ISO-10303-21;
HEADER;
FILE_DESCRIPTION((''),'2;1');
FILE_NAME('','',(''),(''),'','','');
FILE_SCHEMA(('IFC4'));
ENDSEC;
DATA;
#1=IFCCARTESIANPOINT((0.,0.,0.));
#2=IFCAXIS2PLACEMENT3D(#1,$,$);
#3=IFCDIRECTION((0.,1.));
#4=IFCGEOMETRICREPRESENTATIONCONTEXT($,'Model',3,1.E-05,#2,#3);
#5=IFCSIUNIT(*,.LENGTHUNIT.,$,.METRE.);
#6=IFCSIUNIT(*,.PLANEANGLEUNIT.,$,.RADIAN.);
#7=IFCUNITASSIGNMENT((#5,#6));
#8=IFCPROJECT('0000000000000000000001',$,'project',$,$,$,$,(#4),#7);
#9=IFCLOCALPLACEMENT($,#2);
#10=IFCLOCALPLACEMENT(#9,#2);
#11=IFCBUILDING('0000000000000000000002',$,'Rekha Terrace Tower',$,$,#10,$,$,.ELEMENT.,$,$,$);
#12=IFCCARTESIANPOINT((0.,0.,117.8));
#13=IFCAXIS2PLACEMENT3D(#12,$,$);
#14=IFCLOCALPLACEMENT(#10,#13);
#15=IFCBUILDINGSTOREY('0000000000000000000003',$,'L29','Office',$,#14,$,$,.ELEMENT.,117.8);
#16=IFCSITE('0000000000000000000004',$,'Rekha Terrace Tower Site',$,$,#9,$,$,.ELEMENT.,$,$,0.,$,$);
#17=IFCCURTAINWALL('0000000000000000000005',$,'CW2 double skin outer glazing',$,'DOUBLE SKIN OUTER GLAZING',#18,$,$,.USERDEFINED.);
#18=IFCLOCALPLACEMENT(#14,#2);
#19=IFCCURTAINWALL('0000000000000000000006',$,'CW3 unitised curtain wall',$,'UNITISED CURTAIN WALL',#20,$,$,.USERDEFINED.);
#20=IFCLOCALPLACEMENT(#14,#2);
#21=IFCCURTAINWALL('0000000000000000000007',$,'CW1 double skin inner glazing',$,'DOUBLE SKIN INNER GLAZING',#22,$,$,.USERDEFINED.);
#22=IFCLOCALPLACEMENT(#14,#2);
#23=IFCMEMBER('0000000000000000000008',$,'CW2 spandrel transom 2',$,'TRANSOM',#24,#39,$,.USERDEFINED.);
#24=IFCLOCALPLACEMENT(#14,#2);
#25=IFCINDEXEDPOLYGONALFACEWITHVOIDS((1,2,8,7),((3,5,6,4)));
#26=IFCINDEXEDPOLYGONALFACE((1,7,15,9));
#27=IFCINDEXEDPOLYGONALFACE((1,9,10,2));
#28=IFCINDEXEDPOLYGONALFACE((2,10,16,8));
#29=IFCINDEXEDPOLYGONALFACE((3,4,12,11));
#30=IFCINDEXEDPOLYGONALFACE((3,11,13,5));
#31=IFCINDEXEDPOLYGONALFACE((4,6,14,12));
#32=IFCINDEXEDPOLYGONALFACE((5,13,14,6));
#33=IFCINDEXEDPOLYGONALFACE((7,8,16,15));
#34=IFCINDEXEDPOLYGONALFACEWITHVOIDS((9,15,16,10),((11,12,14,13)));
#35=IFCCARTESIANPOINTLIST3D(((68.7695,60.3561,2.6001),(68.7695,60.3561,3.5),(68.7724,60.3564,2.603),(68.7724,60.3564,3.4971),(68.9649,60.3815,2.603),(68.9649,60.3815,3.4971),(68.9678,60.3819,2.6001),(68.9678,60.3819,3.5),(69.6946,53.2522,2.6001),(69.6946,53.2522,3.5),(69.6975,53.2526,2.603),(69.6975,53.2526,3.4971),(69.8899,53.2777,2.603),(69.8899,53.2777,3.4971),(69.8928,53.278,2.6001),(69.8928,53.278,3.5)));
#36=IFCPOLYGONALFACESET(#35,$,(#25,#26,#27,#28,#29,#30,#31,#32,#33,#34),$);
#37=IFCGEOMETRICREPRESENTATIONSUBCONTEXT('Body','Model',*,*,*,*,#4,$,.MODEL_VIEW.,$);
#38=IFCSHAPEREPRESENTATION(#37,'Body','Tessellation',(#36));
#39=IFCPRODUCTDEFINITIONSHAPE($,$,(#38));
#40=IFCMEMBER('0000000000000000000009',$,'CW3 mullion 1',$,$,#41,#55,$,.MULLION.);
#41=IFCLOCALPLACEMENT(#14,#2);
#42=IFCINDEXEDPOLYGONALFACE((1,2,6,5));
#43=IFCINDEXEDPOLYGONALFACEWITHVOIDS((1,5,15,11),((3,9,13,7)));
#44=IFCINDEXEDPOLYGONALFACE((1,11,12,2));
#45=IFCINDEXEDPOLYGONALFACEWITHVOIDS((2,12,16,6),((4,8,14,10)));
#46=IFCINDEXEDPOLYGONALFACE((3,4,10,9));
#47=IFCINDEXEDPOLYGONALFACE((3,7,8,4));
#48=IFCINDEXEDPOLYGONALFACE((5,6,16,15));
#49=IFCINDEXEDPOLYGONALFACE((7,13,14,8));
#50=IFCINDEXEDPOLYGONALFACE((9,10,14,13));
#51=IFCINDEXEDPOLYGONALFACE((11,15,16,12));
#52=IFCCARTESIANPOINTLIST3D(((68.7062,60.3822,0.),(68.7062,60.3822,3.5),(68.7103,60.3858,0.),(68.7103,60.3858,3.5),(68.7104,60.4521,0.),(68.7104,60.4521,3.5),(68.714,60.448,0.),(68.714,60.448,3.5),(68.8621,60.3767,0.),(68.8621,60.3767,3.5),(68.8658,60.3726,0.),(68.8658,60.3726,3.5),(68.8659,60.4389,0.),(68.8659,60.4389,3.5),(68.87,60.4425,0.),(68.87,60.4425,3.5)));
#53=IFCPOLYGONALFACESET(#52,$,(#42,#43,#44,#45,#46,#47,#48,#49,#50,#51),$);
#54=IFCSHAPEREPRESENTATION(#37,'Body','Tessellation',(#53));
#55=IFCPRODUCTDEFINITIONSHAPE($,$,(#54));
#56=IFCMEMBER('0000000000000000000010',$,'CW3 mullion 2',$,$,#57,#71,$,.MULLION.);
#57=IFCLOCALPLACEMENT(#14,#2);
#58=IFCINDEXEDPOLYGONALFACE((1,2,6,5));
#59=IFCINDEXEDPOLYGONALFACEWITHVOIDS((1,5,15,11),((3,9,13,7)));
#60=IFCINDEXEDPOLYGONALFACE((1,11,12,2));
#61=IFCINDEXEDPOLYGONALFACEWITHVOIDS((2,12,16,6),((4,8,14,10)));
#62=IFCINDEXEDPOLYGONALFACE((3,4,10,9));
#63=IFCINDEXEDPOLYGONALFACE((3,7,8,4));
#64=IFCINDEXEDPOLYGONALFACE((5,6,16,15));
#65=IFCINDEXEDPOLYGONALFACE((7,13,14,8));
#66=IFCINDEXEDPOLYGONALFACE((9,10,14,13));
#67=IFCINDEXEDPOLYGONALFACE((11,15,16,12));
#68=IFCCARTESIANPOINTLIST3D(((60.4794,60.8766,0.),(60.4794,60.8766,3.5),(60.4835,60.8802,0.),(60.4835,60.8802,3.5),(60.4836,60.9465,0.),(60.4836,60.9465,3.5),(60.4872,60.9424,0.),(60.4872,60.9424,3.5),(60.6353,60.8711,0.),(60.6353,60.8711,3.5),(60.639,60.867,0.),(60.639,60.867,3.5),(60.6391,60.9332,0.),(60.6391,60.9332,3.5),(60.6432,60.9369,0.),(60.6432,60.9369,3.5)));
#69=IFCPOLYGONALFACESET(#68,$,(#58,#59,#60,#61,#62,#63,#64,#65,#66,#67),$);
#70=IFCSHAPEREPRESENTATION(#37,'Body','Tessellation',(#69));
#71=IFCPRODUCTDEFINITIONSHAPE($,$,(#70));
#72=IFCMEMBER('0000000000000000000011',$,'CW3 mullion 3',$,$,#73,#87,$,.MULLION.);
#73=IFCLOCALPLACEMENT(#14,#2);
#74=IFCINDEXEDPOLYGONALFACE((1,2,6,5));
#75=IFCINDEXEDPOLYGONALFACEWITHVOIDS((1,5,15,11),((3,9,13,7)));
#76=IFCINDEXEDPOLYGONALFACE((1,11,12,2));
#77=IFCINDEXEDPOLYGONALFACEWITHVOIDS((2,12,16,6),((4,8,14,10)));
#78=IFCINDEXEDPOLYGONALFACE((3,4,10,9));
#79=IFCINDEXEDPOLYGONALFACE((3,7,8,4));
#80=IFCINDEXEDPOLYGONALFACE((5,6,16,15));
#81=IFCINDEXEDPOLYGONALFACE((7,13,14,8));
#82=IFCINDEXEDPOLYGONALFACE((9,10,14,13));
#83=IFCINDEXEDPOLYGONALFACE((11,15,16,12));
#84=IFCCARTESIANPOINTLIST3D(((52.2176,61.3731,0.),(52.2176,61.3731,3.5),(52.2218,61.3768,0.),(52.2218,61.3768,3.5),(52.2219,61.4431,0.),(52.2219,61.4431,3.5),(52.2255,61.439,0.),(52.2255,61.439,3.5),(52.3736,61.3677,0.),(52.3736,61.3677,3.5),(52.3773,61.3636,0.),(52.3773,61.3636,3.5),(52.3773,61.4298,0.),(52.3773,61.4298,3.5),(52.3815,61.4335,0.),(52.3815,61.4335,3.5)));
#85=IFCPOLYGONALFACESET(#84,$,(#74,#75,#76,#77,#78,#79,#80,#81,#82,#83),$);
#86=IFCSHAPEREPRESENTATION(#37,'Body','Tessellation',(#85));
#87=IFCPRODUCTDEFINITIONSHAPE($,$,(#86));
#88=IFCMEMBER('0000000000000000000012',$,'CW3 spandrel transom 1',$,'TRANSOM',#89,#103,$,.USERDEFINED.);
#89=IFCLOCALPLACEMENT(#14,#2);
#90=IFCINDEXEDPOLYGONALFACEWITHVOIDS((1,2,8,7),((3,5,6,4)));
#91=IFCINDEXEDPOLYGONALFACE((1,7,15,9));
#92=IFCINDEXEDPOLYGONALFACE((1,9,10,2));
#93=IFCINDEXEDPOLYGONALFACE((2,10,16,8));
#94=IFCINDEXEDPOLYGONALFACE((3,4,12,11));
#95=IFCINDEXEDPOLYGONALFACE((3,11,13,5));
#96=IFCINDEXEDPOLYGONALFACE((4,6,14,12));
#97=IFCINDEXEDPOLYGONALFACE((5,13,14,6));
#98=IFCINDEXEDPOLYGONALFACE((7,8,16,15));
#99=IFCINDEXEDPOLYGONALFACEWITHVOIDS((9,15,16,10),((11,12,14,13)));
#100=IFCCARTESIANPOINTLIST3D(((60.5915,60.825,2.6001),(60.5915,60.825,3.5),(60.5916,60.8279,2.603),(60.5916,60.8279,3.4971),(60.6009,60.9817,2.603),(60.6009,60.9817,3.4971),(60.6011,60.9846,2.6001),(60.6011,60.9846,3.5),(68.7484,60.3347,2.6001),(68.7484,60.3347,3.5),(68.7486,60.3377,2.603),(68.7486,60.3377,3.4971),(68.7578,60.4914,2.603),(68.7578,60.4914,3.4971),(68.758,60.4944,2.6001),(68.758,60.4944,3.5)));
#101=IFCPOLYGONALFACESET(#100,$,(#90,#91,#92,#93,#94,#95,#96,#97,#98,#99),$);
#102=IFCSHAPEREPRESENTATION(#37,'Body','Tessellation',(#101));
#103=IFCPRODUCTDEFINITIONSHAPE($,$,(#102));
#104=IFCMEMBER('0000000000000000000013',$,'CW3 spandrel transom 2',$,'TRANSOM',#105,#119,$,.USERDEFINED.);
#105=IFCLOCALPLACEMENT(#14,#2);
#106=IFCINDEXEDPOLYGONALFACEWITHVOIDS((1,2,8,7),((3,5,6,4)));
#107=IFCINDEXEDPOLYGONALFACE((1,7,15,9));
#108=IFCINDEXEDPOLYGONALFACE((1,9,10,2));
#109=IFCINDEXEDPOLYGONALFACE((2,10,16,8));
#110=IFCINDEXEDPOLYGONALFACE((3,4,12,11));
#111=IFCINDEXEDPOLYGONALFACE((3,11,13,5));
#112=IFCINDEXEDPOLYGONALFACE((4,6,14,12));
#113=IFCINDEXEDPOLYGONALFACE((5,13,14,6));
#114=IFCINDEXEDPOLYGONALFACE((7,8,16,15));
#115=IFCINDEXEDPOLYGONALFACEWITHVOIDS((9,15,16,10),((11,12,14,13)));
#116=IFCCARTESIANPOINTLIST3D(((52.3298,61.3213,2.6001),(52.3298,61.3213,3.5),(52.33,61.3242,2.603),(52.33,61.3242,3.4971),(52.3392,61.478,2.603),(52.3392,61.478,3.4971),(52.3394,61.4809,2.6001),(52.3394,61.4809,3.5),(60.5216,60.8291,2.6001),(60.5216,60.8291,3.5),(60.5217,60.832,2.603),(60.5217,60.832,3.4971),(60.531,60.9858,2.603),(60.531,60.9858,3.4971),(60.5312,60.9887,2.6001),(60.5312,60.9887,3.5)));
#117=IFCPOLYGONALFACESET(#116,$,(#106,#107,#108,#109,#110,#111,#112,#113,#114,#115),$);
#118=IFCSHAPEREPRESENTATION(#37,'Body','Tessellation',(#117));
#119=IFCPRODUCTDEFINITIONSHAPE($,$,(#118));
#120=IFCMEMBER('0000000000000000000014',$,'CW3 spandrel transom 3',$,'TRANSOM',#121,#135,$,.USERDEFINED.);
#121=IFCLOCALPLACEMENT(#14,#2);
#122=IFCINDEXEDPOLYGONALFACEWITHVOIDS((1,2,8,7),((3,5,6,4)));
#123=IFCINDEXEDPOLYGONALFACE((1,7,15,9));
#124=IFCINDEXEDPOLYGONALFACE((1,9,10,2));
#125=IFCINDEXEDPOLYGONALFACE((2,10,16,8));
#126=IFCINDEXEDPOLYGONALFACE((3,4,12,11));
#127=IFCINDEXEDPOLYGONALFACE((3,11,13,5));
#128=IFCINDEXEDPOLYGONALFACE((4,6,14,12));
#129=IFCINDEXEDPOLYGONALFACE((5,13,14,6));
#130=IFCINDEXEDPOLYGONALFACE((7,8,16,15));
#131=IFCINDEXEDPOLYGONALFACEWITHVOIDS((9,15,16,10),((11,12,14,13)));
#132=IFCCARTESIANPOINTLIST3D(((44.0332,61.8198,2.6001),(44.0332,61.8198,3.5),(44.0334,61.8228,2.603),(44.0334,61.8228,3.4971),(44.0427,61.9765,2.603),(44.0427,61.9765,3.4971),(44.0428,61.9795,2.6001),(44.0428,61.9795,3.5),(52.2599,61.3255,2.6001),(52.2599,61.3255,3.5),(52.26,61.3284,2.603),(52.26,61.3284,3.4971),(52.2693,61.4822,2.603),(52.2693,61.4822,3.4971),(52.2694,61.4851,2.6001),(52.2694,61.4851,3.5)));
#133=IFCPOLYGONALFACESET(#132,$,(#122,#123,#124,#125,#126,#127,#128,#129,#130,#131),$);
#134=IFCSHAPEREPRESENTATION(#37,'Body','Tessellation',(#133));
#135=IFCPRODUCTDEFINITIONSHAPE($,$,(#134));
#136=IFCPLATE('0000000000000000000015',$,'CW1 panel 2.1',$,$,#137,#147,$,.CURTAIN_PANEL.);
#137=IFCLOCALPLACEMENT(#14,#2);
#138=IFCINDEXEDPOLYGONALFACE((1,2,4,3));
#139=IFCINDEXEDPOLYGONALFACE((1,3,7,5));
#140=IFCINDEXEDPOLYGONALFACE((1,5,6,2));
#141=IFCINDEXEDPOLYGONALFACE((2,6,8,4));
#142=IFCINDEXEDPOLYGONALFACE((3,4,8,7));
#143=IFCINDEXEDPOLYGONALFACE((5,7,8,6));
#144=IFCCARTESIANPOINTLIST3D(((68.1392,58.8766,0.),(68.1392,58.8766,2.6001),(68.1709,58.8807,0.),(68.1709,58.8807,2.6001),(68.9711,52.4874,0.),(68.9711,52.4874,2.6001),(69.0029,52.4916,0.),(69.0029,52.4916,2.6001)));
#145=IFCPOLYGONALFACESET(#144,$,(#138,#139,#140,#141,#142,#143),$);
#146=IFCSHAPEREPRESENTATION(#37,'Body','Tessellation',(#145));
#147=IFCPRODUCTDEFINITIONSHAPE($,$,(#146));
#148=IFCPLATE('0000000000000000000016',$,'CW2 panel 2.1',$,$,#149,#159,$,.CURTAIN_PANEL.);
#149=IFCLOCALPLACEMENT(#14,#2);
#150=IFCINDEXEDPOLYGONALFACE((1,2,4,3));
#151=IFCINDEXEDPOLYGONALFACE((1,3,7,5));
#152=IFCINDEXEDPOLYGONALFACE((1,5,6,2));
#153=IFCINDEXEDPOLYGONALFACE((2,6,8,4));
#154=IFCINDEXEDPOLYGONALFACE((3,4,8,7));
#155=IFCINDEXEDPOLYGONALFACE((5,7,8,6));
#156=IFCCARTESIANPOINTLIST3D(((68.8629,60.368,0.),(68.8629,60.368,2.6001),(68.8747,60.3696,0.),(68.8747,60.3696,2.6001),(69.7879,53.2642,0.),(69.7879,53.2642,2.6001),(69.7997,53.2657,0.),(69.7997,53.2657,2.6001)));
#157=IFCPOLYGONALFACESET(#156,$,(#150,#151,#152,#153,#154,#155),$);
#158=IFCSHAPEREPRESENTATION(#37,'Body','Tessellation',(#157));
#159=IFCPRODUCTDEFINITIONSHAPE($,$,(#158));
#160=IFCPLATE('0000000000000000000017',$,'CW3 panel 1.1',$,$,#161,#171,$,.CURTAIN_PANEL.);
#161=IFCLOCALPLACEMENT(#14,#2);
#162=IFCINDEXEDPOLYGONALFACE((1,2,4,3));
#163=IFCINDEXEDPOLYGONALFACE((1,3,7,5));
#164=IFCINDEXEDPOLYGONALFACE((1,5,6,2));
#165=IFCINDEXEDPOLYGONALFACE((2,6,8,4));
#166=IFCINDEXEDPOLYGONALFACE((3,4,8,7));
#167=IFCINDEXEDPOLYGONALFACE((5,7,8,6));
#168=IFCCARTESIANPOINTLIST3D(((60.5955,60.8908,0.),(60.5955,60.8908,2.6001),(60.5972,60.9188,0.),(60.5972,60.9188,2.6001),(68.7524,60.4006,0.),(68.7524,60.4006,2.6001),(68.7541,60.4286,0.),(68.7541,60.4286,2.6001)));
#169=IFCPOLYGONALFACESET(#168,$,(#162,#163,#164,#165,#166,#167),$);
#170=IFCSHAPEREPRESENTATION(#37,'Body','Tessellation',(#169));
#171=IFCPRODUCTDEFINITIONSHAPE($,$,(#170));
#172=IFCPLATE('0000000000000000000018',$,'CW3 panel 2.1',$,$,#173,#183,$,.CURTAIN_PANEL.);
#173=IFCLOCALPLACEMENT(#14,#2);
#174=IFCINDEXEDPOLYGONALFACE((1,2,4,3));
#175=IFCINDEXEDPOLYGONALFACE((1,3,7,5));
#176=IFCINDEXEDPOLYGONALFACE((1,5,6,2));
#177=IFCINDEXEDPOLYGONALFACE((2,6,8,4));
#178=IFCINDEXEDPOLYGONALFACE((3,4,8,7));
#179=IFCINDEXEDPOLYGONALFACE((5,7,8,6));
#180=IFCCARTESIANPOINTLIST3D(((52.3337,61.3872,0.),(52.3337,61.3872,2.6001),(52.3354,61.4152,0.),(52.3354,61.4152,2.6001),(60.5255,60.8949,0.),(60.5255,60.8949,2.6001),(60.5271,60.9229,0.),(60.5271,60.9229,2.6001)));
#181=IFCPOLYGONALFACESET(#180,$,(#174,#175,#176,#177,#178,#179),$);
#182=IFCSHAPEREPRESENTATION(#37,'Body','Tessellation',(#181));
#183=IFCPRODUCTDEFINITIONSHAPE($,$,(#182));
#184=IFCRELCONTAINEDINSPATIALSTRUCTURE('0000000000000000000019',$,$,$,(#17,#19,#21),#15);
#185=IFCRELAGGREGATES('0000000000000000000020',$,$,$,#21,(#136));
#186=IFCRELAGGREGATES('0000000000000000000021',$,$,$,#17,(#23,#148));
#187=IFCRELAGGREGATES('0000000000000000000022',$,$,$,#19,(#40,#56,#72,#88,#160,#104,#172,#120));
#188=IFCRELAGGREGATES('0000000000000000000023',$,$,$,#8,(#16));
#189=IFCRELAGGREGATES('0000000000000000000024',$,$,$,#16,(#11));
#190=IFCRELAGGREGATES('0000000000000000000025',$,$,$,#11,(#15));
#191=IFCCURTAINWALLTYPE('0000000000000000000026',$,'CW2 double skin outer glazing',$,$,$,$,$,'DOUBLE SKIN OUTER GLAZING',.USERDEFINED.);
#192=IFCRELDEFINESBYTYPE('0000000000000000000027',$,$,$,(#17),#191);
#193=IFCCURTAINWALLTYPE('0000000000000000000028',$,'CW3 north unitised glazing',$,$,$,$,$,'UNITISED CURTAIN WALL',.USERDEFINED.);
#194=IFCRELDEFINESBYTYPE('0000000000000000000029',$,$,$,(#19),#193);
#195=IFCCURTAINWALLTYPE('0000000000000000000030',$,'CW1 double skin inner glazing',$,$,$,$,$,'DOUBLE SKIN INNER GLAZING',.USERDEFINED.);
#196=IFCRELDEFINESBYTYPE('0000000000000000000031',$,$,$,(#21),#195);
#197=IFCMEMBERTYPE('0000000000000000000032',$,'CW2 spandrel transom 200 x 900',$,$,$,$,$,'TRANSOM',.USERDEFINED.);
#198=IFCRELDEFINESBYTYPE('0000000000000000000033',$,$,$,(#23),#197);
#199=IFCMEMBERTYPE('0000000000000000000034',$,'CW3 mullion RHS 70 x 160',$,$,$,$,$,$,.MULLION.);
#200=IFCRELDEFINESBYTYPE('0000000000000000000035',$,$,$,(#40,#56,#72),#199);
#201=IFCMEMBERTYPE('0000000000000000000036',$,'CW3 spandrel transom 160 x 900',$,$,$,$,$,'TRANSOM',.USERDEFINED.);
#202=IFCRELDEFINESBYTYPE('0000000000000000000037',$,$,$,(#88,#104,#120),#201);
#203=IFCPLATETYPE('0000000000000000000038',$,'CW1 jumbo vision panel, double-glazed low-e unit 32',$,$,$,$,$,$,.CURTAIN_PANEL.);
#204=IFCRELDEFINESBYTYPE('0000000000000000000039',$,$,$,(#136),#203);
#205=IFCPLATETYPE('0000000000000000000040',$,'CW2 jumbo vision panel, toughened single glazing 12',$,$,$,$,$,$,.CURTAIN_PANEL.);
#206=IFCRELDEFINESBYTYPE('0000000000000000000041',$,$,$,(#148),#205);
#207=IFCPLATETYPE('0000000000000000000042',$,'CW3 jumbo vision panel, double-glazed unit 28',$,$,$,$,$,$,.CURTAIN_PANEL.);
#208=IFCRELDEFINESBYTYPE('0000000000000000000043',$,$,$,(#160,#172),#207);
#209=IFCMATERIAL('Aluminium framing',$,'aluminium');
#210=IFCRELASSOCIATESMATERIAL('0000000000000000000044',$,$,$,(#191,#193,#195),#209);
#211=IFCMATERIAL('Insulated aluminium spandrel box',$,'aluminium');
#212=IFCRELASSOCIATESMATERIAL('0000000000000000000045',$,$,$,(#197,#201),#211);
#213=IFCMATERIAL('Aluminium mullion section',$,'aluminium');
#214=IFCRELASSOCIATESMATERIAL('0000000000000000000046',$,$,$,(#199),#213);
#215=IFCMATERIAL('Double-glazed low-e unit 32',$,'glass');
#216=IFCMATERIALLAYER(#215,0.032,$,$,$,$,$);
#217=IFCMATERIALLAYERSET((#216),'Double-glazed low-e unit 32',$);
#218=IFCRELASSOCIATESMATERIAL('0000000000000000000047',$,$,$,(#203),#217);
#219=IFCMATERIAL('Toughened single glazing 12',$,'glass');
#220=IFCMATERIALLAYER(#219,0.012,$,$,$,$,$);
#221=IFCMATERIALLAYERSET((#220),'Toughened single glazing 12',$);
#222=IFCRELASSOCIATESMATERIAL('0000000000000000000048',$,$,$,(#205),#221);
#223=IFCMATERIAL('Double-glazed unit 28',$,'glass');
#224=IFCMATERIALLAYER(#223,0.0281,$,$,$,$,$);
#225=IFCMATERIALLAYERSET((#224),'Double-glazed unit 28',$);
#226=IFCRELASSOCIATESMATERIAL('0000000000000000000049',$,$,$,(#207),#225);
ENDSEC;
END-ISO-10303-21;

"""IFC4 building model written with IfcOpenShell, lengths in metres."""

from ifc_helpers import new_model, si_unit, direction, frame, origin, origin_2d, place, context, subcontext, project, spatial, rectangle, hollow_rectangle, extrude, material, layer, layer_set, material_profile, profile_set, type_object, element, aggregate, save


model = new_model("IFC4")

# Units and contexts
model_context = context("Model", 3, precision=1e-05, world=origin(), true_north=direction((0.0, 1.0)))
body_context = subcontext(model_context, "Body", "Model", "MODEL_VIEW")
ifc_project = project(units=[si_unit("LENGTHUNIT", "METRE"), si_unit("PLANEANGLEUNIT", "RADIAN")], contexts=[model_context])

# Site, building, storey
site_placement = place(None, origin())
site = spatial("IfcSite", under=ifc_project, at=site_placement, Name="Rekha Terrace Tower Site", CompositionType="ELEMENT", RefElevation=0.0)
building_placement = place(site_placement, origin())
building = spatial("IfcBuilding", under=site, at=building_placement, Name="Rekha Terrace Tower", CompositionType="ELEMENT")
storey_placement = place(building_placement, frame((0.0, 0.0, 117.8)))
storey = spatial("IfcBuildingStorey", under=building, at=storey_placement, Name="L29", Description="Office", CompositionType="ELEMENT", Elevation=117.8)

# Curtain wall
ifc_material_1 = material(Name="Aluminium framing", Category="aluminium")
curtain_wall_type_1 = type_object("IfcCurtainWallType", Name="CW2 double skin outer glazing", ElementType="DOUBLE SKIN OUTER GLAZING", PredefinedType="USERDEFINED", material=ifc_material_1)
curtain_wall_1_placement = place(storey_placement, origin())
curtain_wall_1 = element("IfcCurtainWall", 1, at=curtain_wall_1_placement, inside=storey, type_object=curtain_wall_type_1, Name="CW2 double skin outer glazing", ObjectType="DOUBLE SKIN OUTER GLAZING", PredefinedType="USERDEFINED")

# Curtain walls
curtain_wall_type_2 = type_object("IfcCurtainWallType", Name="CW3 north unitised glazing", ElementType="UNITISED CURTAIN WALL", PredefinedType="USERDEFINED", material=ifc_material_1)
curtain_wall_2_placement = place(storey_placement, origin())
curtain_wall_2 = element("IfcCurtainWall", 2, at=curtain_wall_2_placement, inside=storey, type_object=curtain_wall_type_2, Name="CW3 unitised curtain wall", ObjectType="UNITISED CURTAIN WALL", PredefinedType="USERDEFINED")
curtain_wall_type_3 = type_object("IfcCurtainWallType", Name="CW1 double skin inner glazing", ElementType="DOUBLE SKIN INNER GLAZING", PredefinedType="USERDEFINED", material=ifc_material_1)
curtain_wall_3_placement = place(storey_placement, origin())
curtain_wall_3 = element("IfcCurtainWall", 3, at=curtain_wall_3_placement, inside=storey, type_object=curtain_wall_type_3, Name="CW1 double skin inner glazing", ObjectType="DOUBLE SKIN INNER GLAZING", PredefinedType="USERDEFINED")
ifc_material_2 = material(Name="Aluminium mullion section", Category="aluminium")
ifc_material_3 = material(Name="Insulated aluminium spandrel box", Category="aluminium")

# Members
ifc_material_profile_1 = material_profile(ifc_material_3, hollow_rectangle(XDim=0.2, YDim=0.8999, WallThickness=0.0029, at=origin_2d()), Name="AL SPANDREL BOX 200x900")
ifc_profile_set_1 = profile_set([ifc_material_profile_1], Name="Insulated aluminium spandrel box")
member_type_1 = type_object("IfcMemberType", Name="CW2 spandrel transom 200 x 900", ElementType="TRANSOM", PredefinedType="USERDEFINED", material=ifc_profile_set_1)
member_1_placement = place(storey_placement, frame((69.7937, 53.2651, 3.05), z_axis=(-0.129129, 0.991628, 0.0), x_axis=(-0.991628, -0.129129, 0.0)))
member_1 = element("IfcMember", 4, at=member_1_placement, type_object=member_type_1, Name="CW2 spandrel transom 2", ObjectType="TRANSOM", PredefinedType="USERDEFINED", context=body_context, shape_type="SweptSolid", body=[
    extrude(hollow_rectangle(XDim=0.2, YDim=0.8999, WallThickness=0.0029, at=origin_2d()), origin(), (0.0, 0.0, 1.0), 7.1638),
])
ifc_material_profile_2 = material_profile(ifc_material_2, hollow_rectangle(XDim=0.0701, YDim=0.1599, WallThickness=0.0039, at=origin_2d()), Name="AL RHS 70x160")
ifc_profile_set_2 = profile_set([ifc_material_profile_2], Name="Aluminium mullion section")
member_type_2 = type_object("IfcMemberType", Name="CW3 mullion RHS 70 x 160", PredefinedType="MULLION", material=ifc_profile_set_2)
member_2_placement = place(storey_placement, frame((68.7881, 60.4124, 0.0), z_axis=(0.0, 0.0, 1.0), x_axis=(-0.059988, -0.998199, 0.0)))
member_2 = element("IfcMember", 5, at=member_2_placement, type_object=member_type_2, Name="CW3 mullion 1", PredefinedType="MULLION", context=body_context, shape_type="SweptSolid", body=[
    extrude(hollow_rectangle(XDim=0.0701, YDim=0.1599, WallThickness=0.0039, at=origin_2d()), origin(), (0.0, 0.0, 1.0), 3.5),
])
member_3_placement = place(storey_placement, frame((60.5613, 60.9067, 0.0), z_axis=(0.0, 0.0, 1.0), x_axis=(-0.059988, -0.998199, 0.0)))
member_3 = element("IfcMember", 6, at=member_3_placement, type_object=member_type_2, Name="CW3 mullion 2", PredefinedType="MULLION", context=body_context, shape_type="SweptSolid", body=[
    extrude(hollow_rectangle(XDim=0.0701, YDim=0.1599, WallThickness=0.0039, at=origin_2d()), origin(), (0.0, 0.0, 1.0), 3.5),
])
member_4_placement = place(storey_placement, frame((52.2996, 61.4033, 0.0), z_axis=(0.0, 0.0, 1.0), x_axis=(-0.059988, -0.998199, 0.0)))
member_4 = element("IfcMember", 7, at=member_4_placement, type_object=member_type_2, Name="CW3 mullion 3", PredefinedType="MULLION", context=body_context, shape_type="SweptSolid", body=[
    extrude(hollow_rectangle(XDim=0.0701, YDim=0.1599, WallThickness=0.0039, at=origin_2d()), origin(), (0.0, 0.0, 1.0), 3.5),
])
ifc_material_profile_3 = material_profile(ifc_material_3, hollow_rectangle(XDim=0.1599, YDim=0.8999, WallThickness=0.0029, at=origin_2d()), Name="AL SPANDREL BOX 160x900")
ifc_profile_set_3 = profile_set([ifc_material_profile_3], Name="Insulated aluminium spandrel box")
member_type_3 = type_object("IfcMemberType", Name="CW3 spandrel transom 160 x 900", ElementType="TRANSOM", PredefinedType="USERDEFINED", material=ifc_profile_set_3)
member_5_placement = place(storey_placement, frame((68.7532, 60.4146, 3.05), z_axis=(-0.998199, 0.059992, 0.0), x_axis=(-0.059992, -0.998199, 0.0)))
member_5 = element("IfcMember", 8, at=member_5_placement, type_object=member_type_3, Name="CW3 spandrel transom 1", ObjectType="TRANSOM", PredefinedType="USERDEFINED", context=body_context, shape_type="SweptSolid", body=[
    extrude(hollow_rectangle(XDim=0.1599, YDim=0.8999, WallThickness=0.0029, at=origin_2d()), origin(), (0.0, 0.0, 1.0), 8.1716),
])
member_6_placement = place(storey_placement, frame((60.5264, 60.9089, 3.05), z_axis=(-0.9982, 0.059976, 0.0), x_axis=(-0.059976, -0.9982, 0.0)))
member_6 = element("IfcMember", 9, at=member_6_placement, type_object=member_type_3, Name="CW3 spandrel transom 2", ObjectType="TRANSOM", PredefinedType="USERDEFINED", context=body_context, shape_type="SweptSolid", body=[
    extrude(hollow_rectangle(XDim=0.1599, YDim=0.8999, WallThickness=0.0029, at=origin_2d()), origin(), (0.0, 0.0, 1.0), 8.2065),
])
member_7_placement = place(storey_placement, frame((52.2646, 61.4053, 3.05), z_axis=(-0.998199, 0.059988, 0.0), x_axis=(-0.059988, -0.998199, 0.0)))
member_7 = element("IfcMember", 10, at=member_7_placement, type_object=member_type_3, Name="CW3 spandrel transom 3", ObjectType="TRANSOM", PredefinedType="USERDEFINED", context=body_context, shape_type="SweptSolid", body=[
    extrude(hollow_rectangle(XDim=0.1599, YDim=0.8999, WallThickness=0.0029, at=origin_2d()), origin(), (0.0, 0.0, 1.0), 8.2415),
])

# Plates
ifc_material_4 = material(Name="Double-glazed low-e unit 32", Category="glass")
ifc_layer_1 = layer(ifc_material_4, 0.032)
ifc_layer_set_1 = layer_set([ifc_layer_1], Name="Double-glazed low-e unit 32")
plate_type_1 = type_object("IfcPlateType", Name="CW1 jumbo vision panel, double-glazed low-e unit 32", PredefinedType="CURTAIN_PANEL", material=ifc_layer_set_1)
plate_1_placement = place(storey_placement, frame((68.571, 55.6841, 0.0), z_axis=(0.0, 0.0, 1.0), x_axis=(-0.129118, 0.991629, 0.0)))
plate_1 = element("IfcPlate", 11, at=plate_1_placement, type_object=plate_type_1, Name="CW1 panel 2.1", PredefinedType="CURTAIN_PANEL", context=body_context, shape_type="SweptSolid", body=[
    extrude(rectangle(XDim=6.4431, YDim=0.032, at=origin_2d()), origin(), (0.0, 0.0, 1.0), 2.6001),
])
aggregate(curtain_wall_3, [plate_1])
ifc_material_5 = material(Name="Toughened single glazing 12", Category="glass")
ifc_layer_2 = layer(ifc_material_5, 0.012)
ifc_layer_set_2 = layer_set([ifc_layer_2], Name="Toughened single glazing 12")
plate_type_2 = type_object("IfcPlateType", Name="CW2 jumbo vision panel, toughened single glazing 12", PredefinedType="CURTAIN_PANEL", material=ifc_layer_set_2)
plate_2_placement = place(storey_placement, frame((69.3313, 56.8169, 0.0), z_axis=(0.0, 0.0, 1.0), x_axis=(-0.129118, 0.991629, 0.0)))
plate_2 = element("IfcPlate", 12, at=plate_2_placement, type_object=plate_type_2, Name="CW2 panel 2.1", PredefinedType="CURTAIN_PANEL", context=body_context, shape_type="SweptSolid", body=[
    extrude(rectangle(XDim=7.1638, YDim=0.012, at=origin_2d()), origin(), (0.0, 0.0, 1.0), 2.6001),
])
aggregate(curtain_wall_1, [member_1, plate_2])
ifc_material_6 = material(Name="Double-glazed unit 28", Category="glass")
ifc_layer_3 = layer(ifc_material_6, 0.0281)
ifc_layer_set_3 = layer_set([ifc_layer_3], Name="Double-glazed unit 28")
plate_type_3 = type_object("IfcPlateType", Name="CW3 jumbo vision panel, double-glazed unit 28", PredefinedType="CURTAIN_PANEL", material=ifc_layer_set_3)
plate_3_placement = place(storey_placement, frame((64.6748, 60.6597, 0.0), z_axis=(0.0, 0.0, 1.0), x_axis=(-0.998199, 0.059988, 0.0)))
plate_3 = element("IfcPlate", 13, at=plate_3_placement, type_object=plate_type_3, Name="CW3 panel 1.1", PredefinedType="CURTAIN_PANEL", context=body_context, shape_type="SweptSolid", body=[
    extrude(rectangle(XDim=8.1716, YDim=0.0281, at=origin_2d()), origin(), (0.0, 0.0, 1.0), 2.6001),
])
plate_4_placement = place(storey_placement, frame((56.4304, 61.155, 0.0), z_axis=(0.0, 0.0, 1.0), x_axis=(-0.998199, 0.059988, 0.0)))
plate_4 = element("IfcPlate", 14, at=plate_4_placement, type_object=plate_type_3, Name="CW3 panel 2.1", PredefinedType="CURTAIN_PANEL", context=body_context, shape_type="SweptSolid", body=[
    extrude(rectangle(XDim=8.2065, YDim=0.0281, at=origin_2d()), origin(), (0.0, 0.0, 1.0), 2.6001),
])
aggregate(curtain_wall_2, [member_2, member_3, member_4, member_5, plate_3, member_6, plate_4, member_7])

save(model, "model.ifc")
